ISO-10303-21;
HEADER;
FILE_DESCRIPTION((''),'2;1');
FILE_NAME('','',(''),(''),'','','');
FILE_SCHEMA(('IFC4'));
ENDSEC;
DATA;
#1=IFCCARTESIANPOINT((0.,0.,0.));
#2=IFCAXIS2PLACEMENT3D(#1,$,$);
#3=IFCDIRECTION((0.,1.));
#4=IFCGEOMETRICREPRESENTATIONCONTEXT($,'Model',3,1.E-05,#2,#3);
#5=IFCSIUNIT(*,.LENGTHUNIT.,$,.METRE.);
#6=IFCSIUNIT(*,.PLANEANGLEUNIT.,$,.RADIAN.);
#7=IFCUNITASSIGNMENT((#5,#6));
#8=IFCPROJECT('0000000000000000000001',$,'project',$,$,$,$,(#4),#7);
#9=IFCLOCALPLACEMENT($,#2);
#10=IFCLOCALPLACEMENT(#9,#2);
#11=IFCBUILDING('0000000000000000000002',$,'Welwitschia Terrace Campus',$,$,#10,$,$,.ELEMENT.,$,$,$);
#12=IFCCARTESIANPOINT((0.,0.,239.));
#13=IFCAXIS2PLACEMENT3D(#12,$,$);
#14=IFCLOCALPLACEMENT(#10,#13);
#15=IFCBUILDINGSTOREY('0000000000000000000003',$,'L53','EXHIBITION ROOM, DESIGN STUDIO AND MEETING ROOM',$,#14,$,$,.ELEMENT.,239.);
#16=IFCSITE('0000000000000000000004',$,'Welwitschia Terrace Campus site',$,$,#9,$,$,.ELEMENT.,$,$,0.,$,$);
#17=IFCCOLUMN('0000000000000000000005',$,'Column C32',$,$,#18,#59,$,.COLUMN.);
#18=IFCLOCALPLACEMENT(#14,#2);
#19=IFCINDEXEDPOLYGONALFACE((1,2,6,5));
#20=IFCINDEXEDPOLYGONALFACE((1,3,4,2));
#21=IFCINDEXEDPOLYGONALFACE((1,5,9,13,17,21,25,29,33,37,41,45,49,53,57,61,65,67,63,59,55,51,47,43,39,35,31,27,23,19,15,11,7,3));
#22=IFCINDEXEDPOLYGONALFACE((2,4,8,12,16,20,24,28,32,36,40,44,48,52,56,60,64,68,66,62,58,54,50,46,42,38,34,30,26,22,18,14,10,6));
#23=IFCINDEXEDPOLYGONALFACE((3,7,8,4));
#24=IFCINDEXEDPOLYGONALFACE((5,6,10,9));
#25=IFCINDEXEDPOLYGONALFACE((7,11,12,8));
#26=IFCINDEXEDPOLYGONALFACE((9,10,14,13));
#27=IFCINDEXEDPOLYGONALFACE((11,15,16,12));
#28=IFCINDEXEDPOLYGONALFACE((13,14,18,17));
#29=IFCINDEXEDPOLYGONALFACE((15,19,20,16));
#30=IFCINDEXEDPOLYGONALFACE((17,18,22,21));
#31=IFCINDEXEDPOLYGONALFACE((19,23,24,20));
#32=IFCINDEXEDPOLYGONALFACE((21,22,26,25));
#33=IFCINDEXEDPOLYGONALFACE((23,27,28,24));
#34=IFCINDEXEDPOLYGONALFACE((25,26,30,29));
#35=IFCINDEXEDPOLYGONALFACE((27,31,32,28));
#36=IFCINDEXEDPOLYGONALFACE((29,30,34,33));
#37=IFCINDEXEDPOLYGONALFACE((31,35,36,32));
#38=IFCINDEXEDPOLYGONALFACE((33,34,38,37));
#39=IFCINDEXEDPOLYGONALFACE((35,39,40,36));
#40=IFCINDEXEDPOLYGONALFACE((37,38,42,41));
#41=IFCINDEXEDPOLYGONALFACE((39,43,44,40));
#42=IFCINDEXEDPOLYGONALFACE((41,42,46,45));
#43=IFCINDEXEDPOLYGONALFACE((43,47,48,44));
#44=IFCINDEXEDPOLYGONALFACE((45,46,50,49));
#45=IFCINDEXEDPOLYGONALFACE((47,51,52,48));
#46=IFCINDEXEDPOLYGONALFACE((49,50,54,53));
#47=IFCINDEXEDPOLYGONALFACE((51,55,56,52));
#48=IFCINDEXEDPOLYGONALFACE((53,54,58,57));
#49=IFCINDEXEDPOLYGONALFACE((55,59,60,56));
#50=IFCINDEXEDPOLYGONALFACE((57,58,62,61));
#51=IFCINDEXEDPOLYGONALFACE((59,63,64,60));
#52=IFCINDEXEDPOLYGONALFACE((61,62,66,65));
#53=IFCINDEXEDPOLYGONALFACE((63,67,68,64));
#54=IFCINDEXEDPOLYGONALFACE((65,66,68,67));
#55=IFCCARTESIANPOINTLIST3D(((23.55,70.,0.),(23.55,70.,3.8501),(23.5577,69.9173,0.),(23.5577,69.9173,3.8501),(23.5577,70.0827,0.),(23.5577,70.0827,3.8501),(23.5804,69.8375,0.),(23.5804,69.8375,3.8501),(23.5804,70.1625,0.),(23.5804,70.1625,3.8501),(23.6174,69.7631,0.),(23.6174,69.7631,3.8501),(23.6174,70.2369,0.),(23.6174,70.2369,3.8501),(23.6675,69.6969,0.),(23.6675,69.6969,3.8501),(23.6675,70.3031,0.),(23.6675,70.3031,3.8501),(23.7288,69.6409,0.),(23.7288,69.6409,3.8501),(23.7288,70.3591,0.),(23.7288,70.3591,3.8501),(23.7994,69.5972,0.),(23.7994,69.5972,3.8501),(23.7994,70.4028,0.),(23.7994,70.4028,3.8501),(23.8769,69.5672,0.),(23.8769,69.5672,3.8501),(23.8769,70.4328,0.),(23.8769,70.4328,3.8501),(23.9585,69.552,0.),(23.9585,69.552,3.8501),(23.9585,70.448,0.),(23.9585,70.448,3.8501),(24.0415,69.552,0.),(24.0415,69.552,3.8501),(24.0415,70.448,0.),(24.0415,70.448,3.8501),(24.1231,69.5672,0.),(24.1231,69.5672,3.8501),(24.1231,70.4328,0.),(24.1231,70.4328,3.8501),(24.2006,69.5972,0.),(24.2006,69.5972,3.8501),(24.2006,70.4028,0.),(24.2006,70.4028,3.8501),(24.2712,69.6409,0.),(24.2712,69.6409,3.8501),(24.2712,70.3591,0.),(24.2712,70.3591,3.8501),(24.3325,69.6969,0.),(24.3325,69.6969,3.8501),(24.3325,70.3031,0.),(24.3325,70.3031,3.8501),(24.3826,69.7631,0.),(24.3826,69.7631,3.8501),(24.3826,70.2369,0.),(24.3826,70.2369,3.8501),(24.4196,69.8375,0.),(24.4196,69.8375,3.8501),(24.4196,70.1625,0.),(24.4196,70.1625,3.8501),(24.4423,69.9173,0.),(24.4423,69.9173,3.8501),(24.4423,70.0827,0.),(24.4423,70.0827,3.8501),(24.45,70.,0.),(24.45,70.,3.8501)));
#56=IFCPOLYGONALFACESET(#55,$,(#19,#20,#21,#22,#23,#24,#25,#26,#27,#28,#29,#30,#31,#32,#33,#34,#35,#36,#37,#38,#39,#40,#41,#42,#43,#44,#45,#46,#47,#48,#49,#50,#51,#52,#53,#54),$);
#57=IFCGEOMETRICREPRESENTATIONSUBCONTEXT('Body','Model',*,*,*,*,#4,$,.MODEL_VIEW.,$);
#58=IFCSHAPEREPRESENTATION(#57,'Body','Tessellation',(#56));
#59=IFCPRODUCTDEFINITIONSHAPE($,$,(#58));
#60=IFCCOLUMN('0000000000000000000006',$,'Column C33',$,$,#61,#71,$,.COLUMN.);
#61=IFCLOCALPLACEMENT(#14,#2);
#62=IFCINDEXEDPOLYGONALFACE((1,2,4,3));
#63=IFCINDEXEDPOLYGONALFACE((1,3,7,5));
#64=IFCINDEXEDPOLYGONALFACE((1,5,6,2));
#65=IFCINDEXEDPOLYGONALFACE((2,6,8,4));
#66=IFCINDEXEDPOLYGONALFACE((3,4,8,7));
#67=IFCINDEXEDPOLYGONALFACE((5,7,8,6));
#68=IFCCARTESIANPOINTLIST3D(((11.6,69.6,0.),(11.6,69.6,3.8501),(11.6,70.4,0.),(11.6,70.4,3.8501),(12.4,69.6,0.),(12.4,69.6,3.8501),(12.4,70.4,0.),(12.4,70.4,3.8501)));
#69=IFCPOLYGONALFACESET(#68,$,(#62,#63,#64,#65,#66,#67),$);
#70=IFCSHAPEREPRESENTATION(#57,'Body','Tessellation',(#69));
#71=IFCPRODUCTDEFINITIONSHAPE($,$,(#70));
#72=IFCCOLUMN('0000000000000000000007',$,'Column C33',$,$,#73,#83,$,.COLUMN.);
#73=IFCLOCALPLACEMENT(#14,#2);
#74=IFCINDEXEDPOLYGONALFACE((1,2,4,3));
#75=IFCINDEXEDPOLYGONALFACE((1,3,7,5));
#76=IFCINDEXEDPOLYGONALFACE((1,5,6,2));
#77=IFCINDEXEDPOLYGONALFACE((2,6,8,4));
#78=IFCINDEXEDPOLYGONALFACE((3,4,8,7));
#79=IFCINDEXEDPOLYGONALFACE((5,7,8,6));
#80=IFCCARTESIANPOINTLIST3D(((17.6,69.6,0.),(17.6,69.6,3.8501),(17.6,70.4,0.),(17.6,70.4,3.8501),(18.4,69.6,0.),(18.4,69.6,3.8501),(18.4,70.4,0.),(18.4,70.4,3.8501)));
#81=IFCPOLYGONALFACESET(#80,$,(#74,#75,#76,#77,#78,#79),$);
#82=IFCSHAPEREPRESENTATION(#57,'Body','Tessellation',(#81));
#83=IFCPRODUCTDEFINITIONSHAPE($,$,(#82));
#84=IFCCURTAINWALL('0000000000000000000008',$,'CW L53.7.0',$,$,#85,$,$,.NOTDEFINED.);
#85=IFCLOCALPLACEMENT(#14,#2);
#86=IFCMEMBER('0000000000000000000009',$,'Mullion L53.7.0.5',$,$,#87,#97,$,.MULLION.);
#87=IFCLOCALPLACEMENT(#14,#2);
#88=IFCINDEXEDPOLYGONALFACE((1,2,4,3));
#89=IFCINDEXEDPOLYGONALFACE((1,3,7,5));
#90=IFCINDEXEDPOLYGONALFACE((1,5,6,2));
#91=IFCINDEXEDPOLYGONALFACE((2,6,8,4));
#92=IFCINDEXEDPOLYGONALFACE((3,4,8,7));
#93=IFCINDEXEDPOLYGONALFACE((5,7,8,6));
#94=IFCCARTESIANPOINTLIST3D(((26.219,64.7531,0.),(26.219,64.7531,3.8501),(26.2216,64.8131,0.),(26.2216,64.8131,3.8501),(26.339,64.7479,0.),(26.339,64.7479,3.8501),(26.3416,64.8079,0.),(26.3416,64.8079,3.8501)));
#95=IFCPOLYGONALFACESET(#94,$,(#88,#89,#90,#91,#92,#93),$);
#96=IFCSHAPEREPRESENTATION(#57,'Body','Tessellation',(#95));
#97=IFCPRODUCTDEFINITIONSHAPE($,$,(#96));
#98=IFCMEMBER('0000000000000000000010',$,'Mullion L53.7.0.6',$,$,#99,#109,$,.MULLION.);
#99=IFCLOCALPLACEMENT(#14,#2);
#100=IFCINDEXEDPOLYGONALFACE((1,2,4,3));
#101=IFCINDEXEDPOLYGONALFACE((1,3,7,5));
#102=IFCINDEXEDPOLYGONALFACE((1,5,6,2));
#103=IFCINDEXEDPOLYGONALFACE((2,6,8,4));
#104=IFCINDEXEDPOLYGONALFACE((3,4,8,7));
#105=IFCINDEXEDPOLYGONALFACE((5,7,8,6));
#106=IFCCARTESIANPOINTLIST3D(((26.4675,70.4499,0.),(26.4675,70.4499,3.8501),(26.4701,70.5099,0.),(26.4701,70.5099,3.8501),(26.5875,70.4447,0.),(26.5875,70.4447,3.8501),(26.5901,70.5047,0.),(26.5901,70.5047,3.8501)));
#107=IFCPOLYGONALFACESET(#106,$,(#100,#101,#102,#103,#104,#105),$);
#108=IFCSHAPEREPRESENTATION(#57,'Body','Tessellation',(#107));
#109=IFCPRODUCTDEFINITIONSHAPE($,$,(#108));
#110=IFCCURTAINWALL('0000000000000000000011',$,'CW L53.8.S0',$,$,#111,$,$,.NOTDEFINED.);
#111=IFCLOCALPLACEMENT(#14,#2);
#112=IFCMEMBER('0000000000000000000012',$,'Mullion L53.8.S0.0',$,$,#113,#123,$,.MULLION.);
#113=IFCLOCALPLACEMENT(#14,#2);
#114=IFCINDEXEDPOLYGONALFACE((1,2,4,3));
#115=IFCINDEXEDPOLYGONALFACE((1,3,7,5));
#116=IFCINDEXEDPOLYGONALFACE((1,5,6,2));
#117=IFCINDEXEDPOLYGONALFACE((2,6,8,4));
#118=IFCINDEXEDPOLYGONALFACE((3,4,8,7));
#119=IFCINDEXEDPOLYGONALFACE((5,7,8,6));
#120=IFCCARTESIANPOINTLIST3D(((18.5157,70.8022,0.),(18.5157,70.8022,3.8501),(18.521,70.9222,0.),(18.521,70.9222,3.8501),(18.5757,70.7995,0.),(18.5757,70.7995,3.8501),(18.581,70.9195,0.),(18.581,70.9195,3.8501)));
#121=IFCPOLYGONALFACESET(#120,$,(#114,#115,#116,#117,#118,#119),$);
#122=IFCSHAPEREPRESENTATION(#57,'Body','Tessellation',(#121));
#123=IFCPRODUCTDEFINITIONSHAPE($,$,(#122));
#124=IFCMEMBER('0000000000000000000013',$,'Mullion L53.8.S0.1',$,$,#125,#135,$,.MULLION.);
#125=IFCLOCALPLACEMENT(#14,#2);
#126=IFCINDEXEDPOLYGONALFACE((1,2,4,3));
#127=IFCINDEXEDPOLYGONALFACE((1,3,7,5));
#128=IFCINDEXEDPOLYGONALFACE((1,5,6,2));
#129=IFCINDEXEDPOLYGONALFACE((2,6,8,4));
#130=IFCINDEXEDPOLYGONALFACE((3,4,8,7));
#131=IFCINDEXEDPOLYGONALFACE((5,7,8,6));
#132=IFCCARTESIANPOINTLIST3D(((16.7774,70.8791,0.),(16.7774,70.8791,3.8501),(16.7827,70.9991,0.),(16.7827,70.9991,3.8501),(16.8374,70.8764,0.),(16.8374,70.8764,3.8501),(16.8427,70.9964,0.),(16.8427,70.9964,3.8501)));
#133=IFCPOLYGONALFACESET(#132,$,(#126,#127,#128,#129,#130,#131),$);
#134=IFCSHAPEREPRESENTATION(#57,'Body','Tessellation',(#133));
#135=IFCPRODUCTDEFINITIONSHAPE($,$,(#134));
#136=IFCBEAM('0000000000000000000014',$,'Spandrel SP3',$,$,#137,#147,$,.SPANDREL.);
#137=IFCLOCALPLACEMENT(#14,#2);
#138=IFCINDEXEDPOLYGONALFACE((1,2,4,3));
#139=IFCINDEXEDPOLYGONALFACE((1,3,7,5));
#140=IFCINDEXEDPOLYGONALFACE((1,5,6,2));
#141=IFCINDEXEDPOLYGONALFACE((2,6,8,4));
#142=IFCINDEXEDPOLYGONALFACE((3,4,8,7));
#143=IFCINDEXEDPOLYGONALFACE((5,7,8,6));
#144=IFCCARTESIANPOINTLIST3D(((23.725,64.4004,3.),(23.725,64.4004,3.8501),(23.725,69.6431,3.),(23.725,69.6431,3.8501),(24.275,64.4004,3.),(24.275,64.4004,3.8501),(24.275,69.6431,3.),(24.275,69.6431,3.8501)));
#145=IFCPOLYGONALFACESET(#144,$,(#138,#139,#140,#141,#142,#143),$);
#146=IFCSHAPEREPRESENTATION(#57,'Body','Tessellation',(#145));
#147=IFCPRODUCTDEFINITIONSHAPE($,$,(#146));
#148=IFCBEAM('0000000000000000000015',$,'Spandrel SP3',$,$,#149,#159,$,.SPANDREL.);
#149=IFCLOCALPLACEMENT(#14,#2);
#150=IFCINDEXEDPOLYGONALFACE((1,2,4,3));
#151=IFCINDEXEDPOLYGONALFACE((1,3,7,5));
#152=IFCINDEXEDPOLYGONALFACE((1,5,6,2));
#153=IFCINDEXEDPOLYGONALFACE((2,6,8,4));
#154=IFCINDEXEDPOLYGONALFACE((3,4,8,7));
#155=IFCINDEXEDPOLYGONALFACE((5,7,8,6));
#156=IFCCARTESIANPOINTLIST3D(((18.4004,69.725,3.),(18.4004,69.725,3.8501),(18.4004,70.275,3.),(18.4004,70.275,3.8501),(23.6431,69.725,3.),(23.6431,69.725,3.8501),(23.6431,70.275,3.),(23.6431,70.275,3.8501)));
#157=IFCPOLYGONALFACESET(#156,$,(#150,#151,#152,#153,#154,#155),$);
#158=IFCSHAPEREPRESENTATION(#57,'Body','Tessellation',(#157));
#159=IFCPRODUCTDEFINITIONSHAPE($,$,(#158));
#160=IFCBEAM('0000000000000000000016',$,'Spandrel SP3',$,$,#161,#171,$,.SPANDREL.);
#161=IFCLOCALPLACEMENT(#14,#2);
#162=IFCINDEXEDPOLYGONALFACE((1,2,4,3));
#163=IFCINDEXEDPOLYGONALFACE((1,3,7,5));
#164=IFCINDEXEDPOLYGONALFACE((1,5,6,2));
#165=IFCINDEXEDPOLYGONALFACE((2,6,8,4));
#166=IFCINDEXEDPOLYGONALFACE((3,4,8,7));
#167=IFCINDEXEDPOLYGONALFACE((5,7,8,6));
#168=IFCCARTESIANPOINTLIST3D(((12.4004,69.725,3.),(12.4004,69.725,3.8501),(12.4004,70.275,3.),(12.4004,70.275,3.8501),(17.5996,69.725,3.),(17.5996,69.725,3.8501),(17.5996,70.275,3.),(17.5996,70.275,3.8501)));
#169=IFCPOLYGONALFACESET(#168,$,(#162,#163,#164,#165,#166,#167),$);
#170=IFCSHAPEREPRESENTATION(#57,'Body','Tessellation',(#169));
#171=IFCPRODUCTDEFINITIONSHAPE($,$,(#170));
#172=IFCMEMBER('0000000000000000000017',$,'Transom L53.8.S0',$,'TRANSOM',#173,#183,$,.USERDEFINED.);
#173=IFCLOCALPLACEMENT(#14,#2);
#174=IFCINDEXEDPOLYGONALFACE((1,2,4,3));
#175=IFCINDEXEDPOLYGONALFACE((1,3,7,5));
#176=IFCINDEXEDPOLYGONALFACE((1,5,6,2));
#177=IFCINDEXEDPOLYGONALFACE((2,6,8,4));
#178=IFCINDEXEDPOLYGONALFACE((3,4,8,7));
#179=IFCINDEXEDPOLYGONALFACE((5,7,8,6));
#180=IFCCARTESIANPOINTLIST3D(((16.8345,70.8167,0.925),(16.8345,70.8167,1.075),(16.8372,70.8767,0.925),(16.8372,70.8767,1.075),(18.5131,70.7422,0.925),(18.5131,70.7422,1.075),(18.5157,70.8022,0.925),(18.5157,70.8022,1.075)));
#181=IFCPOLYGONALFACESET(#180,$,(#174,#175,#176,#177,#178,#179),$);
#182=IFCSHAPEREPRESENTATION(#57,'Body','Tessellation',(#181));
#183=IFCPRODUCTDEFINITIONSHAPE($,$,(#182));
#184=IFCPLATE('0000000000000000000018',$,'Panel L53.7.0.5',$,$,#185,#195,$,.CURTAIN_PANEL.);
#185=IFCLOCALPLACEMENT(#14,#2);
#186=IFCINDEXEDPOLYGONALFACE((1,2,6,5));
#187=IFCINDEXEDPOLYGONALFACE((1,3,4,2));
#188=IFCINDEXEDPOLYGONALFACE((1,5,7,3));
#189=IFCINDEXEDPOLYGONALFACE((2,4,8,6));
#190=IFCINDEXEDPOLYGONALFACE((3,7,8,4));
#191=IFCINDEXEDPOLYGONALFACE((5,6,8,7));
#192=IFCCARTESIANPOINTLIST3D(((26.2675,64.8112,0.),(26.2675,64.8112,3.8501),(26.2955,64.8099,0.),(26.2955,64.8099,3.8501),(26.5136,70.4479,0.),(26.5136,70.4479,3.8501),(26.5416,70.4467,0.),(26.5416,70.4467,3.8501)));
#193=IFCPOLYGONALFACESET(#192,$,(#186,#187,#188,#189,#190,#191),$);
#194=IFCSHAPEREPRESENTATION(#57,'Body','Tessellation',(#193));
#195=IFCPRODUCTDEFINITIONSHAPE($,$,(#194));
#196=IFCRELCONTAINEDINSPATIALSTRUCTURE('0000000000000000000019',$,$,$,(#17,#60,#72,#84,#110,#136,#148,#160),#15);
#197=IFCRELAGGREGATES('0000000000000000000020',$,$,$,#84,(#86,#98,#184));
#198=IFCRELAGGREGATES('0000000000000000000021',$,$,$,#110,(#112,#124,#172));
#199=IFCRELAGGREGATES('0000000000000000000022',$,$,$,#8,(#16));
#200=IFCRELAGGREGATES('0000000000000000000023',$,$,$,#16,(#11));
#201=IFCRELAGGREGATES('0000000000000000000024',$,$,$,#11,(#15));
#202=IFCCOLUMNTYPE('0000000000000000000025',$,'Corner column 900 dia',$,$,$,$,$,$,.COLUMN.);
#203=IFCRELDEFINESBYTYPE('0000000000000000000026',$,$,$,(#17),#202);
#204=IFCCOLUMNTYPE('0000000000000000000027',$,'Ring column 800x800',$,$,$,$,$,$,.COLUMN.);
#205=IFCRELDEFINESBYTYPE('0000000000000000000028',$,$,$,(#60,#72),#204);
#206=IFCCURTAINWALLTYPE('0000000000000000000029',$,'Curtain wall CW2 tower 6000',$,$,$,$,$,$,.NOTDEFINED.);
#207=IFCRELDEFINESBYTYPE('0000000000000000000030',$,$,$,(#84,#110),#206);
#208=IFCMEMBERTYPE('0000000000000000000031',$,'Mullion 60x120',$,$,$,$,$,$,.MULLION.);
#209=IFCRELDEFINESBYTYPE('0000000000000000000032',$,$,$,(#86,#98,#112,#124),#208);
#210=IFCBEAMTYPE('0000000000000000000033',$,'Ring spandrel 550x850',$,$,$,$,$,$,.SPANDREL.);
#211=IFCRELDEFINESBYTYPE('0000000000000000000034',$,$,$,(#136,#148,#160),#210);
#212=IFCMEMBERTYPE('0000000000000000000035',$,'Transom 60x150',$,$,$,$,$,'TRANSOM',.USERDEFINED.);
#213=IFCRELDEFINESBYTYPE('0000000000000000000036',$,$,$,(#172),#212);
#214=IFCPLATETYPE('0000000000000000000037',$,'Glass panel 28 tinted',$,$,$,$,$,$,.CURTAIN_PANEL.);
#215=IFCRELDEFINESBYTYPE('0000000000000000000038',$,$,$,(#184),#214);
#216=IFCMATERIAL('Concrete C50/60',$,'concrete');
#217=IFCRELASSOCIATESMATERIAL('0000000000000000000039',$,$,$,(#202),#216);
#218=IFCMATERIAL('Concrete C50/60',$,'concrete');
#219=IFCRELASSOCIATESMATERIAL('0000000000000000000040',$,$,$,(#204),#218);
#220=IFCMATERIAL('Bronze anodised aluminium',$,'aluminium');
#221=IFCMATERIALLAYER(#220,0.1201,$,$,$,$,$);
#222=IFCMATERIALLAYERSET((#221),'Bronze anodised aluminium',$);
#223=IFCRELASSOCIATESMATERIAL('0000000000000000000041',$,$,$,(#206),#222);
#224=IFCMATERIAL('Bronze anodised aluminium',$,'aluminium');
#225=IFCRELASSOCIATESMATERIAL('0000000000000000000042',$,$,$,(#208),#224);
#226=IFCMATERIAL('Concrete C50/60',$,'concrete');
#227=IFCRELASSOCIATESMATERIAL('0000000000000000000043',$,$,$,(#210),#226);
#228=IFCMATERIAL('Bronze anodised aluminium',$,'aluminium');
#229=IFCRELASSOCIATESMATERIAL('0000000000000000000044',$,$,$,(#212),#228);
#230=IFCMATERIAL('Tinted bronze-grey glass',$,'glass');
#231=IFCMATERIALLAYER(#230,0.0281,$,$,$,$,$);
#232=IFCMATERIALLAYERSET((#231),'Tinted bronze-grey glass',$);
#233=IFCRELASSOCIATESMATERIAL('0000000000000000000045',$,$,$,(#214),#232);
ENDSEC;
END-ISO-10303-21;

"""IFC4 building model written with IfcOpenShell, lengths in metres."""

from ifc_helpers import new_model, si_unit, direction, frame, origin, origin_2d, place, context, subcontext, project, spatial, rectangle, circle, extrude, material, layer, layer_set, material_profile, profile_set, type_object, element, aggregate, save


model = new_model("IFC4")

# Units and contexts
model_context = context("Model", 3, precision=1e-05, world=origin(), true_north=direction((0.0, 1.0)))
body_context = subcontext(model_context, "Body", "Model", "MODEL_VIEW")
ifc_project = project(units=[si_unit("LENGTHUNIT", "METRE"), si_unit("PLANEANGLEUNIT", "RADIAN")], contexts=[model_context])

# Site, building, storey
site_placement = place(None, origin())
site = spatial("IfcSite", under=ifc_project, at=site_placement, Name="Welwitschia Terrace Campus site", CompositionType="ELEMENT", RefElevation=0.0)
building_placement = place(site_placement, origin())
building = spatial("IfcBuilding", under=site, at=building_placement, Name="Welwitschia Terrace Campus", CompositionType="ELEMENT")
storey_placement = place(building_placement, frame((0.0, 0.0, 239.0)))
storey = spatial("IfcBuildingStorey", under=building, at=storey_placement, Name="L53", Description="EXHIBITION ROOM, DESIGN STUDIO AND MEETING ROOM", CompositionType="ELEMENT", Elevation=239.0)

# Columns
ifc_material_1 = material(Name="Concrete C50/60", Category="concrete")
ifc_material_profile_1 = material_profile(ifc_material_1, circle(Radius=0.45, at=origin_2d()))
ifc_profile_set_1 = profile_set([ifc_material_profile_1], Name="Concrete C50/60")
column_type_1 = type_object("IfcColumnType", Name="Corner column 900 dia", PredefinedType="COLUMN", material=ifc_profile_set_1)
column_placement = place(storey_placement, frame((24.0, 70.0, 0.0), z_axis=(0.0, 0.0, 1.0), x_axis=(1.0, 0.0, 0.0)))
element("IfcColumn", 1, at=column_placement, inside=storey, type_object=column_type_1, Name="Column C32", PredefinedType="COLUMN", context=body_context, shape_type="SweptSolid", body=[
    extrude(circle(Radius=0.45, at=origin_2d()), origin(), (0.0, 0.0, 1.0), 3.8501),
])
ifc_material_2 = material(Name="Concrete C50/60", Category="concrete")
ifc_material_profile_2 = material_profile(ifc_material_2, rectangle(XDim=0.8, YDim=0.8, at=origin_2d()))
ifc_profile_set_2 = profile_set([ifc_material_profile_2], Name="Concrete C50/60")
column_type_2 = type_object("IfcColumnType", Name="Ring column 800x800", PredefinedType="COLUMN", material=ifc_profile_set_2)
for number, where, z_axis, x_axis, name in (
    (2, (12.0, 70.0, 0.0), (0.0, 0.0, 1.0), (1.0, 0.0, 0.0), "Column C33"),
    (3, (18.0, 70.0, 0.0), (0.0, 0.0, 1.0), (1.0, 0.0, 0.0), "Column C33"),
):
    element("IfcColumn", number, at=place(storey_placement, frame(where, z_axis=z_axis, x_axis=x_axis)), inside=storey, type_object=column_type_2, Name=name, PredefinedType="COLUMN", context=body_context, shape_type="SweptSolid", body=[
        extrude(rectangle(XDim=0.8, YDim=0.8, at=origin_2d()), origin(), (0.0, 0.0, 1.0), 3.8501),
    ])

# Curtain walls, members
ifc_material_3 = material(Name="Bronze anodised aluminium", Category="aluminium")
ifc_layer_1 = layer(ifc_material_3, 0.1201)
ifc_layer_set_1 = layer_set([ifc_layer_1], Name="Bronze anodised aluminium")
curtain_wall_type = type_object("IfcCurtainWallType", Name="Curtain wall CW2 tower 6000", PredefinedType="NOTDEFINED", material=ifc_layer_set_1)
curtain_wall_1_placement = place(storey_placement, origin())
curtain_wall_1 = element("IfcCurtainWall", 4, at=curtain_wall_1_placement, inside=storey, type_object=curtain_wall_type, Name="CW L53.7.0", PredefinedType="NOTDEFINED")
ifc_material_4 = material(Name="Bronze anodised aluminium", Category="aluminium")
ifc_material_profile_3 = material_profile(ifc_material_4, rectangle(XDim=0.1201, YDim=0.0601, at=origin_2d()))
ifc_profile_set_3 = profile_set([ifc_material_profile_3], Name="Bronze anodised aluminium")
member_type_1 = type_object("IfcMemberType", Name="Mullion 60x120", PredefinedType="MULLION", material=ifc_profile_set_3)
member_1_placement = place(storey_placement, frame((26.2803, 64.7805, 0.0), z_axis=(0.0, 0.0, 1.0), x_axis=(-0.999048, 0.043619, 0.0)))
member_1 = element("IfcMember", 5, at=member_1_placement, type_object=member_type_1, Name="Mullion L53.7.0.5", PredefinedType="MULLION", context=body_context, shape_type="SweptSolid", body=[
    extrude(rectangle(XDim=0.1201, YDim=0.0601, at=origin_2d()), origin(), (0.0, 0.0, 1.0), 3.8501),
])
member_2_placement = place(storey_placement, frame((26.5288, 70.4773, 0.0), z_axis=(0.0, 0.0, 1.0), x_axis=(-0.999048, 0.043619, 0.0)))
member_2 = element("IfcMember", 6, at=member_2_placement, type_object=member_type_1, Name="Mullion L53.7.0.6", PredefinedType="MULLION", context=body_context, shape_type="SweptSolid", body=[
    extrude(rectangle(XDim=0.1201, YDim=0.0601, at=origin_2d()), origin(), (0.0, 0.0, 1.0), 3.8501),
])
curtain_wall_2_placement = place(storey_placement, origin())
curtain_wall_2 = element("IfcCurtainWall", 7, at=curtain_wall_2_placement, inside=storey, type_object=curtain_wall_type, Name="CW L53.8.S0", PredefinedType="NOTDEFINED")
member_3_placement = place(storey_placement, frame((18.5483, 70.8608, 0.0), z_axis=(0.0, 0.0, 1.0), x_axis=(-0.044259, -0.99902, 0.0)))
member_3 = element("IfcMember", 8, at=member_3_placement, type_object=member_type_1, Name="Mullion L53.8.S0.0", PredefinedType="MULLION", context=body_context, shape_type="SweptSolid", body=[
    extrude(rectangle(XDim=0.1201, YDim=0.0601, at=origin_2d()), origin(), (0.0, 0.0, 1.0), 3.8501),
])
member_4_placement = place(storey_placement, frame((16.8101, 70.9377, 0.0), z_axis=(0.0, 0.0, 1.0), x_axis=(-0.044259, -0.99902, 0.0)))
member_4 = element("IfcMember", 9, at=member_4_placement, type_object=member_type_1, Name="Mullion L53.8.S0.1", PredefinedType="MULLION", context=body_context, shape_type="SweptSolid", body=[
    extrude(rectangle(XDim=0.1201, YDim=0.0601, at=origin_2d()), origin(), (0.0, 0.0, 1.0), 3.8501),
])

# Beams
ifc_material_5 = material(Name="Concrete C50/60", Category="concrete")
ifc_material_profile_4 = material_profile(ifc_material_5, rectangle(XDim=0.55, YDim=0.8501, at=origin_2d()))
ifc_profile_set_4 = profile_set([ifc_material_profile_4], Name="Concrete C50/60")
beam_type = type_object("IfcBeamType", Name="Ring spandrel 550x850", PredefinedType="SPANDREL", material=ifc_profile_set_4)
for number, where, z_axis, x_axis, name in (
    (10, (24.0, 64.4004, 3.425), (0.0, 1.0, 0.0), (-1.0, 0.0, 0.0), "Spandrel SP3"),
    (11, (23.6431, 70.0, 3.425), (-1.0, 0.0, 0.0), (0.0, -1.0, 0.0), "Spandrel SP3"),
):
    element("IfcBeam", number, at=place(storey_placement, frame(where, z_axis=z_axis, x_axis=x_axis)), inside=storey, type_object=beam_type, Name=name, PredefinedType="SPANDREL", context=body_context, shape_type="SweptSolid", body=[
        extrude(rectangle(XDim=0.55, YDim=0.8501, at=origin_2d()), origin(), (0.0, 0.0, 1.0), 5.2427),
    ])
beam_placement = place(storey_placement, frame((17.5996, 70.0, 3.425), z_axis=(-1.0, 0.0, 0.0), x_axis=(0.0, -1.0, 0.0)))
element("IfcBeam", 12, at=beam_placement, inside=storey, type_object=beam_type, Name="Spandrel SP3", PredefinedType="SPANDREL", context=body_context, shape_type="SweptSolid", body=[
    extrude(rectangle(XDim=0.55, YDim=0.8501, at=origin_2d()), origin(), (0.0, 0.0, 1.0), 5.1992),
])

# Member
ifc_material_6 = material(Name="Bronze anodised aluminium", Category="aluminium")
ifc_material_profile_5 = material_profile(ifc_material_6, rectangle(XDim=0.0601, YDim=0.1499, at=origin_2d()))
ifc_profile_set_5 = profile_set([ifc_material_profile_5], Name="Bronze anodised aluminium")
member_type_2 = type_object("IfcMemberType", Name="Transom 60x150", ElementType="TRANSOM", PredefinedType="USERDEFINED", material=ifc_profile_set_5)
member_5_placement = place(storey_placement, frame((18.5144, 70.7722, 1.0), z_axis=(-0.999017, 0.04432, 0.0), x_axis=(-0.04432, -0.999017, 0.0)))
member_5 = element("IfcMember", 13, at=member_5_placement, type_object=member_type_2, Name="Transom L53.8.S0", ObjectType="TRANSOM", PredefinedType="USERDEFINED", context=body_context, shape_type="SweptSolid", body=[
    extrude(rectangle(XDim=0.0601, YDim=0.1499, at=origin_2d()), origin(), (0.0, 0.0, 1.0), 1.6802),
])

# Plate
ifc_material_7 = material(Name="Tinted bronze-grey glass", Category="glass")
ifc_layer_2 = layer(ifc_material_7, 0.0281)
ifc_layer_set_2 = layer_set([ifc_layer_2], Name="Tinted bronze-grey glass")
plate_type = type_object("IfcPlateType", Name="Glass panel 28 tinted", PredefinedType="CURTAIN_PANEL", material=ifc_layer_set_2)
plate_1_placement = place(storey_placement, frame((26.4045, 67.6289, 0.0), z_axis=(0.0, 0.0, 1.0), x_axis=(0.043619, 0.999048, 0.0)))
plate_1 = element("IfcPlate", 14, at=plate_1_placement, type_object=plate_type, Name="Panel L53.7.0.5", PredefinedType="CURTAIN_PANEL", context=body_context, shape_type="SweptSolid", body=[
    extrude(rectangle(XDim=5.6421, YDim=0.0281, at=origin_2d()), origin(), (0.0, 0.0, 1.0), 3.8501),
])
aggregate(curtain_wall_1, [member_1, member_2, plate_1])
aggregate(curtain_wall_2, [member_3, member_4, member_5])

save(model, "model.ifc")
